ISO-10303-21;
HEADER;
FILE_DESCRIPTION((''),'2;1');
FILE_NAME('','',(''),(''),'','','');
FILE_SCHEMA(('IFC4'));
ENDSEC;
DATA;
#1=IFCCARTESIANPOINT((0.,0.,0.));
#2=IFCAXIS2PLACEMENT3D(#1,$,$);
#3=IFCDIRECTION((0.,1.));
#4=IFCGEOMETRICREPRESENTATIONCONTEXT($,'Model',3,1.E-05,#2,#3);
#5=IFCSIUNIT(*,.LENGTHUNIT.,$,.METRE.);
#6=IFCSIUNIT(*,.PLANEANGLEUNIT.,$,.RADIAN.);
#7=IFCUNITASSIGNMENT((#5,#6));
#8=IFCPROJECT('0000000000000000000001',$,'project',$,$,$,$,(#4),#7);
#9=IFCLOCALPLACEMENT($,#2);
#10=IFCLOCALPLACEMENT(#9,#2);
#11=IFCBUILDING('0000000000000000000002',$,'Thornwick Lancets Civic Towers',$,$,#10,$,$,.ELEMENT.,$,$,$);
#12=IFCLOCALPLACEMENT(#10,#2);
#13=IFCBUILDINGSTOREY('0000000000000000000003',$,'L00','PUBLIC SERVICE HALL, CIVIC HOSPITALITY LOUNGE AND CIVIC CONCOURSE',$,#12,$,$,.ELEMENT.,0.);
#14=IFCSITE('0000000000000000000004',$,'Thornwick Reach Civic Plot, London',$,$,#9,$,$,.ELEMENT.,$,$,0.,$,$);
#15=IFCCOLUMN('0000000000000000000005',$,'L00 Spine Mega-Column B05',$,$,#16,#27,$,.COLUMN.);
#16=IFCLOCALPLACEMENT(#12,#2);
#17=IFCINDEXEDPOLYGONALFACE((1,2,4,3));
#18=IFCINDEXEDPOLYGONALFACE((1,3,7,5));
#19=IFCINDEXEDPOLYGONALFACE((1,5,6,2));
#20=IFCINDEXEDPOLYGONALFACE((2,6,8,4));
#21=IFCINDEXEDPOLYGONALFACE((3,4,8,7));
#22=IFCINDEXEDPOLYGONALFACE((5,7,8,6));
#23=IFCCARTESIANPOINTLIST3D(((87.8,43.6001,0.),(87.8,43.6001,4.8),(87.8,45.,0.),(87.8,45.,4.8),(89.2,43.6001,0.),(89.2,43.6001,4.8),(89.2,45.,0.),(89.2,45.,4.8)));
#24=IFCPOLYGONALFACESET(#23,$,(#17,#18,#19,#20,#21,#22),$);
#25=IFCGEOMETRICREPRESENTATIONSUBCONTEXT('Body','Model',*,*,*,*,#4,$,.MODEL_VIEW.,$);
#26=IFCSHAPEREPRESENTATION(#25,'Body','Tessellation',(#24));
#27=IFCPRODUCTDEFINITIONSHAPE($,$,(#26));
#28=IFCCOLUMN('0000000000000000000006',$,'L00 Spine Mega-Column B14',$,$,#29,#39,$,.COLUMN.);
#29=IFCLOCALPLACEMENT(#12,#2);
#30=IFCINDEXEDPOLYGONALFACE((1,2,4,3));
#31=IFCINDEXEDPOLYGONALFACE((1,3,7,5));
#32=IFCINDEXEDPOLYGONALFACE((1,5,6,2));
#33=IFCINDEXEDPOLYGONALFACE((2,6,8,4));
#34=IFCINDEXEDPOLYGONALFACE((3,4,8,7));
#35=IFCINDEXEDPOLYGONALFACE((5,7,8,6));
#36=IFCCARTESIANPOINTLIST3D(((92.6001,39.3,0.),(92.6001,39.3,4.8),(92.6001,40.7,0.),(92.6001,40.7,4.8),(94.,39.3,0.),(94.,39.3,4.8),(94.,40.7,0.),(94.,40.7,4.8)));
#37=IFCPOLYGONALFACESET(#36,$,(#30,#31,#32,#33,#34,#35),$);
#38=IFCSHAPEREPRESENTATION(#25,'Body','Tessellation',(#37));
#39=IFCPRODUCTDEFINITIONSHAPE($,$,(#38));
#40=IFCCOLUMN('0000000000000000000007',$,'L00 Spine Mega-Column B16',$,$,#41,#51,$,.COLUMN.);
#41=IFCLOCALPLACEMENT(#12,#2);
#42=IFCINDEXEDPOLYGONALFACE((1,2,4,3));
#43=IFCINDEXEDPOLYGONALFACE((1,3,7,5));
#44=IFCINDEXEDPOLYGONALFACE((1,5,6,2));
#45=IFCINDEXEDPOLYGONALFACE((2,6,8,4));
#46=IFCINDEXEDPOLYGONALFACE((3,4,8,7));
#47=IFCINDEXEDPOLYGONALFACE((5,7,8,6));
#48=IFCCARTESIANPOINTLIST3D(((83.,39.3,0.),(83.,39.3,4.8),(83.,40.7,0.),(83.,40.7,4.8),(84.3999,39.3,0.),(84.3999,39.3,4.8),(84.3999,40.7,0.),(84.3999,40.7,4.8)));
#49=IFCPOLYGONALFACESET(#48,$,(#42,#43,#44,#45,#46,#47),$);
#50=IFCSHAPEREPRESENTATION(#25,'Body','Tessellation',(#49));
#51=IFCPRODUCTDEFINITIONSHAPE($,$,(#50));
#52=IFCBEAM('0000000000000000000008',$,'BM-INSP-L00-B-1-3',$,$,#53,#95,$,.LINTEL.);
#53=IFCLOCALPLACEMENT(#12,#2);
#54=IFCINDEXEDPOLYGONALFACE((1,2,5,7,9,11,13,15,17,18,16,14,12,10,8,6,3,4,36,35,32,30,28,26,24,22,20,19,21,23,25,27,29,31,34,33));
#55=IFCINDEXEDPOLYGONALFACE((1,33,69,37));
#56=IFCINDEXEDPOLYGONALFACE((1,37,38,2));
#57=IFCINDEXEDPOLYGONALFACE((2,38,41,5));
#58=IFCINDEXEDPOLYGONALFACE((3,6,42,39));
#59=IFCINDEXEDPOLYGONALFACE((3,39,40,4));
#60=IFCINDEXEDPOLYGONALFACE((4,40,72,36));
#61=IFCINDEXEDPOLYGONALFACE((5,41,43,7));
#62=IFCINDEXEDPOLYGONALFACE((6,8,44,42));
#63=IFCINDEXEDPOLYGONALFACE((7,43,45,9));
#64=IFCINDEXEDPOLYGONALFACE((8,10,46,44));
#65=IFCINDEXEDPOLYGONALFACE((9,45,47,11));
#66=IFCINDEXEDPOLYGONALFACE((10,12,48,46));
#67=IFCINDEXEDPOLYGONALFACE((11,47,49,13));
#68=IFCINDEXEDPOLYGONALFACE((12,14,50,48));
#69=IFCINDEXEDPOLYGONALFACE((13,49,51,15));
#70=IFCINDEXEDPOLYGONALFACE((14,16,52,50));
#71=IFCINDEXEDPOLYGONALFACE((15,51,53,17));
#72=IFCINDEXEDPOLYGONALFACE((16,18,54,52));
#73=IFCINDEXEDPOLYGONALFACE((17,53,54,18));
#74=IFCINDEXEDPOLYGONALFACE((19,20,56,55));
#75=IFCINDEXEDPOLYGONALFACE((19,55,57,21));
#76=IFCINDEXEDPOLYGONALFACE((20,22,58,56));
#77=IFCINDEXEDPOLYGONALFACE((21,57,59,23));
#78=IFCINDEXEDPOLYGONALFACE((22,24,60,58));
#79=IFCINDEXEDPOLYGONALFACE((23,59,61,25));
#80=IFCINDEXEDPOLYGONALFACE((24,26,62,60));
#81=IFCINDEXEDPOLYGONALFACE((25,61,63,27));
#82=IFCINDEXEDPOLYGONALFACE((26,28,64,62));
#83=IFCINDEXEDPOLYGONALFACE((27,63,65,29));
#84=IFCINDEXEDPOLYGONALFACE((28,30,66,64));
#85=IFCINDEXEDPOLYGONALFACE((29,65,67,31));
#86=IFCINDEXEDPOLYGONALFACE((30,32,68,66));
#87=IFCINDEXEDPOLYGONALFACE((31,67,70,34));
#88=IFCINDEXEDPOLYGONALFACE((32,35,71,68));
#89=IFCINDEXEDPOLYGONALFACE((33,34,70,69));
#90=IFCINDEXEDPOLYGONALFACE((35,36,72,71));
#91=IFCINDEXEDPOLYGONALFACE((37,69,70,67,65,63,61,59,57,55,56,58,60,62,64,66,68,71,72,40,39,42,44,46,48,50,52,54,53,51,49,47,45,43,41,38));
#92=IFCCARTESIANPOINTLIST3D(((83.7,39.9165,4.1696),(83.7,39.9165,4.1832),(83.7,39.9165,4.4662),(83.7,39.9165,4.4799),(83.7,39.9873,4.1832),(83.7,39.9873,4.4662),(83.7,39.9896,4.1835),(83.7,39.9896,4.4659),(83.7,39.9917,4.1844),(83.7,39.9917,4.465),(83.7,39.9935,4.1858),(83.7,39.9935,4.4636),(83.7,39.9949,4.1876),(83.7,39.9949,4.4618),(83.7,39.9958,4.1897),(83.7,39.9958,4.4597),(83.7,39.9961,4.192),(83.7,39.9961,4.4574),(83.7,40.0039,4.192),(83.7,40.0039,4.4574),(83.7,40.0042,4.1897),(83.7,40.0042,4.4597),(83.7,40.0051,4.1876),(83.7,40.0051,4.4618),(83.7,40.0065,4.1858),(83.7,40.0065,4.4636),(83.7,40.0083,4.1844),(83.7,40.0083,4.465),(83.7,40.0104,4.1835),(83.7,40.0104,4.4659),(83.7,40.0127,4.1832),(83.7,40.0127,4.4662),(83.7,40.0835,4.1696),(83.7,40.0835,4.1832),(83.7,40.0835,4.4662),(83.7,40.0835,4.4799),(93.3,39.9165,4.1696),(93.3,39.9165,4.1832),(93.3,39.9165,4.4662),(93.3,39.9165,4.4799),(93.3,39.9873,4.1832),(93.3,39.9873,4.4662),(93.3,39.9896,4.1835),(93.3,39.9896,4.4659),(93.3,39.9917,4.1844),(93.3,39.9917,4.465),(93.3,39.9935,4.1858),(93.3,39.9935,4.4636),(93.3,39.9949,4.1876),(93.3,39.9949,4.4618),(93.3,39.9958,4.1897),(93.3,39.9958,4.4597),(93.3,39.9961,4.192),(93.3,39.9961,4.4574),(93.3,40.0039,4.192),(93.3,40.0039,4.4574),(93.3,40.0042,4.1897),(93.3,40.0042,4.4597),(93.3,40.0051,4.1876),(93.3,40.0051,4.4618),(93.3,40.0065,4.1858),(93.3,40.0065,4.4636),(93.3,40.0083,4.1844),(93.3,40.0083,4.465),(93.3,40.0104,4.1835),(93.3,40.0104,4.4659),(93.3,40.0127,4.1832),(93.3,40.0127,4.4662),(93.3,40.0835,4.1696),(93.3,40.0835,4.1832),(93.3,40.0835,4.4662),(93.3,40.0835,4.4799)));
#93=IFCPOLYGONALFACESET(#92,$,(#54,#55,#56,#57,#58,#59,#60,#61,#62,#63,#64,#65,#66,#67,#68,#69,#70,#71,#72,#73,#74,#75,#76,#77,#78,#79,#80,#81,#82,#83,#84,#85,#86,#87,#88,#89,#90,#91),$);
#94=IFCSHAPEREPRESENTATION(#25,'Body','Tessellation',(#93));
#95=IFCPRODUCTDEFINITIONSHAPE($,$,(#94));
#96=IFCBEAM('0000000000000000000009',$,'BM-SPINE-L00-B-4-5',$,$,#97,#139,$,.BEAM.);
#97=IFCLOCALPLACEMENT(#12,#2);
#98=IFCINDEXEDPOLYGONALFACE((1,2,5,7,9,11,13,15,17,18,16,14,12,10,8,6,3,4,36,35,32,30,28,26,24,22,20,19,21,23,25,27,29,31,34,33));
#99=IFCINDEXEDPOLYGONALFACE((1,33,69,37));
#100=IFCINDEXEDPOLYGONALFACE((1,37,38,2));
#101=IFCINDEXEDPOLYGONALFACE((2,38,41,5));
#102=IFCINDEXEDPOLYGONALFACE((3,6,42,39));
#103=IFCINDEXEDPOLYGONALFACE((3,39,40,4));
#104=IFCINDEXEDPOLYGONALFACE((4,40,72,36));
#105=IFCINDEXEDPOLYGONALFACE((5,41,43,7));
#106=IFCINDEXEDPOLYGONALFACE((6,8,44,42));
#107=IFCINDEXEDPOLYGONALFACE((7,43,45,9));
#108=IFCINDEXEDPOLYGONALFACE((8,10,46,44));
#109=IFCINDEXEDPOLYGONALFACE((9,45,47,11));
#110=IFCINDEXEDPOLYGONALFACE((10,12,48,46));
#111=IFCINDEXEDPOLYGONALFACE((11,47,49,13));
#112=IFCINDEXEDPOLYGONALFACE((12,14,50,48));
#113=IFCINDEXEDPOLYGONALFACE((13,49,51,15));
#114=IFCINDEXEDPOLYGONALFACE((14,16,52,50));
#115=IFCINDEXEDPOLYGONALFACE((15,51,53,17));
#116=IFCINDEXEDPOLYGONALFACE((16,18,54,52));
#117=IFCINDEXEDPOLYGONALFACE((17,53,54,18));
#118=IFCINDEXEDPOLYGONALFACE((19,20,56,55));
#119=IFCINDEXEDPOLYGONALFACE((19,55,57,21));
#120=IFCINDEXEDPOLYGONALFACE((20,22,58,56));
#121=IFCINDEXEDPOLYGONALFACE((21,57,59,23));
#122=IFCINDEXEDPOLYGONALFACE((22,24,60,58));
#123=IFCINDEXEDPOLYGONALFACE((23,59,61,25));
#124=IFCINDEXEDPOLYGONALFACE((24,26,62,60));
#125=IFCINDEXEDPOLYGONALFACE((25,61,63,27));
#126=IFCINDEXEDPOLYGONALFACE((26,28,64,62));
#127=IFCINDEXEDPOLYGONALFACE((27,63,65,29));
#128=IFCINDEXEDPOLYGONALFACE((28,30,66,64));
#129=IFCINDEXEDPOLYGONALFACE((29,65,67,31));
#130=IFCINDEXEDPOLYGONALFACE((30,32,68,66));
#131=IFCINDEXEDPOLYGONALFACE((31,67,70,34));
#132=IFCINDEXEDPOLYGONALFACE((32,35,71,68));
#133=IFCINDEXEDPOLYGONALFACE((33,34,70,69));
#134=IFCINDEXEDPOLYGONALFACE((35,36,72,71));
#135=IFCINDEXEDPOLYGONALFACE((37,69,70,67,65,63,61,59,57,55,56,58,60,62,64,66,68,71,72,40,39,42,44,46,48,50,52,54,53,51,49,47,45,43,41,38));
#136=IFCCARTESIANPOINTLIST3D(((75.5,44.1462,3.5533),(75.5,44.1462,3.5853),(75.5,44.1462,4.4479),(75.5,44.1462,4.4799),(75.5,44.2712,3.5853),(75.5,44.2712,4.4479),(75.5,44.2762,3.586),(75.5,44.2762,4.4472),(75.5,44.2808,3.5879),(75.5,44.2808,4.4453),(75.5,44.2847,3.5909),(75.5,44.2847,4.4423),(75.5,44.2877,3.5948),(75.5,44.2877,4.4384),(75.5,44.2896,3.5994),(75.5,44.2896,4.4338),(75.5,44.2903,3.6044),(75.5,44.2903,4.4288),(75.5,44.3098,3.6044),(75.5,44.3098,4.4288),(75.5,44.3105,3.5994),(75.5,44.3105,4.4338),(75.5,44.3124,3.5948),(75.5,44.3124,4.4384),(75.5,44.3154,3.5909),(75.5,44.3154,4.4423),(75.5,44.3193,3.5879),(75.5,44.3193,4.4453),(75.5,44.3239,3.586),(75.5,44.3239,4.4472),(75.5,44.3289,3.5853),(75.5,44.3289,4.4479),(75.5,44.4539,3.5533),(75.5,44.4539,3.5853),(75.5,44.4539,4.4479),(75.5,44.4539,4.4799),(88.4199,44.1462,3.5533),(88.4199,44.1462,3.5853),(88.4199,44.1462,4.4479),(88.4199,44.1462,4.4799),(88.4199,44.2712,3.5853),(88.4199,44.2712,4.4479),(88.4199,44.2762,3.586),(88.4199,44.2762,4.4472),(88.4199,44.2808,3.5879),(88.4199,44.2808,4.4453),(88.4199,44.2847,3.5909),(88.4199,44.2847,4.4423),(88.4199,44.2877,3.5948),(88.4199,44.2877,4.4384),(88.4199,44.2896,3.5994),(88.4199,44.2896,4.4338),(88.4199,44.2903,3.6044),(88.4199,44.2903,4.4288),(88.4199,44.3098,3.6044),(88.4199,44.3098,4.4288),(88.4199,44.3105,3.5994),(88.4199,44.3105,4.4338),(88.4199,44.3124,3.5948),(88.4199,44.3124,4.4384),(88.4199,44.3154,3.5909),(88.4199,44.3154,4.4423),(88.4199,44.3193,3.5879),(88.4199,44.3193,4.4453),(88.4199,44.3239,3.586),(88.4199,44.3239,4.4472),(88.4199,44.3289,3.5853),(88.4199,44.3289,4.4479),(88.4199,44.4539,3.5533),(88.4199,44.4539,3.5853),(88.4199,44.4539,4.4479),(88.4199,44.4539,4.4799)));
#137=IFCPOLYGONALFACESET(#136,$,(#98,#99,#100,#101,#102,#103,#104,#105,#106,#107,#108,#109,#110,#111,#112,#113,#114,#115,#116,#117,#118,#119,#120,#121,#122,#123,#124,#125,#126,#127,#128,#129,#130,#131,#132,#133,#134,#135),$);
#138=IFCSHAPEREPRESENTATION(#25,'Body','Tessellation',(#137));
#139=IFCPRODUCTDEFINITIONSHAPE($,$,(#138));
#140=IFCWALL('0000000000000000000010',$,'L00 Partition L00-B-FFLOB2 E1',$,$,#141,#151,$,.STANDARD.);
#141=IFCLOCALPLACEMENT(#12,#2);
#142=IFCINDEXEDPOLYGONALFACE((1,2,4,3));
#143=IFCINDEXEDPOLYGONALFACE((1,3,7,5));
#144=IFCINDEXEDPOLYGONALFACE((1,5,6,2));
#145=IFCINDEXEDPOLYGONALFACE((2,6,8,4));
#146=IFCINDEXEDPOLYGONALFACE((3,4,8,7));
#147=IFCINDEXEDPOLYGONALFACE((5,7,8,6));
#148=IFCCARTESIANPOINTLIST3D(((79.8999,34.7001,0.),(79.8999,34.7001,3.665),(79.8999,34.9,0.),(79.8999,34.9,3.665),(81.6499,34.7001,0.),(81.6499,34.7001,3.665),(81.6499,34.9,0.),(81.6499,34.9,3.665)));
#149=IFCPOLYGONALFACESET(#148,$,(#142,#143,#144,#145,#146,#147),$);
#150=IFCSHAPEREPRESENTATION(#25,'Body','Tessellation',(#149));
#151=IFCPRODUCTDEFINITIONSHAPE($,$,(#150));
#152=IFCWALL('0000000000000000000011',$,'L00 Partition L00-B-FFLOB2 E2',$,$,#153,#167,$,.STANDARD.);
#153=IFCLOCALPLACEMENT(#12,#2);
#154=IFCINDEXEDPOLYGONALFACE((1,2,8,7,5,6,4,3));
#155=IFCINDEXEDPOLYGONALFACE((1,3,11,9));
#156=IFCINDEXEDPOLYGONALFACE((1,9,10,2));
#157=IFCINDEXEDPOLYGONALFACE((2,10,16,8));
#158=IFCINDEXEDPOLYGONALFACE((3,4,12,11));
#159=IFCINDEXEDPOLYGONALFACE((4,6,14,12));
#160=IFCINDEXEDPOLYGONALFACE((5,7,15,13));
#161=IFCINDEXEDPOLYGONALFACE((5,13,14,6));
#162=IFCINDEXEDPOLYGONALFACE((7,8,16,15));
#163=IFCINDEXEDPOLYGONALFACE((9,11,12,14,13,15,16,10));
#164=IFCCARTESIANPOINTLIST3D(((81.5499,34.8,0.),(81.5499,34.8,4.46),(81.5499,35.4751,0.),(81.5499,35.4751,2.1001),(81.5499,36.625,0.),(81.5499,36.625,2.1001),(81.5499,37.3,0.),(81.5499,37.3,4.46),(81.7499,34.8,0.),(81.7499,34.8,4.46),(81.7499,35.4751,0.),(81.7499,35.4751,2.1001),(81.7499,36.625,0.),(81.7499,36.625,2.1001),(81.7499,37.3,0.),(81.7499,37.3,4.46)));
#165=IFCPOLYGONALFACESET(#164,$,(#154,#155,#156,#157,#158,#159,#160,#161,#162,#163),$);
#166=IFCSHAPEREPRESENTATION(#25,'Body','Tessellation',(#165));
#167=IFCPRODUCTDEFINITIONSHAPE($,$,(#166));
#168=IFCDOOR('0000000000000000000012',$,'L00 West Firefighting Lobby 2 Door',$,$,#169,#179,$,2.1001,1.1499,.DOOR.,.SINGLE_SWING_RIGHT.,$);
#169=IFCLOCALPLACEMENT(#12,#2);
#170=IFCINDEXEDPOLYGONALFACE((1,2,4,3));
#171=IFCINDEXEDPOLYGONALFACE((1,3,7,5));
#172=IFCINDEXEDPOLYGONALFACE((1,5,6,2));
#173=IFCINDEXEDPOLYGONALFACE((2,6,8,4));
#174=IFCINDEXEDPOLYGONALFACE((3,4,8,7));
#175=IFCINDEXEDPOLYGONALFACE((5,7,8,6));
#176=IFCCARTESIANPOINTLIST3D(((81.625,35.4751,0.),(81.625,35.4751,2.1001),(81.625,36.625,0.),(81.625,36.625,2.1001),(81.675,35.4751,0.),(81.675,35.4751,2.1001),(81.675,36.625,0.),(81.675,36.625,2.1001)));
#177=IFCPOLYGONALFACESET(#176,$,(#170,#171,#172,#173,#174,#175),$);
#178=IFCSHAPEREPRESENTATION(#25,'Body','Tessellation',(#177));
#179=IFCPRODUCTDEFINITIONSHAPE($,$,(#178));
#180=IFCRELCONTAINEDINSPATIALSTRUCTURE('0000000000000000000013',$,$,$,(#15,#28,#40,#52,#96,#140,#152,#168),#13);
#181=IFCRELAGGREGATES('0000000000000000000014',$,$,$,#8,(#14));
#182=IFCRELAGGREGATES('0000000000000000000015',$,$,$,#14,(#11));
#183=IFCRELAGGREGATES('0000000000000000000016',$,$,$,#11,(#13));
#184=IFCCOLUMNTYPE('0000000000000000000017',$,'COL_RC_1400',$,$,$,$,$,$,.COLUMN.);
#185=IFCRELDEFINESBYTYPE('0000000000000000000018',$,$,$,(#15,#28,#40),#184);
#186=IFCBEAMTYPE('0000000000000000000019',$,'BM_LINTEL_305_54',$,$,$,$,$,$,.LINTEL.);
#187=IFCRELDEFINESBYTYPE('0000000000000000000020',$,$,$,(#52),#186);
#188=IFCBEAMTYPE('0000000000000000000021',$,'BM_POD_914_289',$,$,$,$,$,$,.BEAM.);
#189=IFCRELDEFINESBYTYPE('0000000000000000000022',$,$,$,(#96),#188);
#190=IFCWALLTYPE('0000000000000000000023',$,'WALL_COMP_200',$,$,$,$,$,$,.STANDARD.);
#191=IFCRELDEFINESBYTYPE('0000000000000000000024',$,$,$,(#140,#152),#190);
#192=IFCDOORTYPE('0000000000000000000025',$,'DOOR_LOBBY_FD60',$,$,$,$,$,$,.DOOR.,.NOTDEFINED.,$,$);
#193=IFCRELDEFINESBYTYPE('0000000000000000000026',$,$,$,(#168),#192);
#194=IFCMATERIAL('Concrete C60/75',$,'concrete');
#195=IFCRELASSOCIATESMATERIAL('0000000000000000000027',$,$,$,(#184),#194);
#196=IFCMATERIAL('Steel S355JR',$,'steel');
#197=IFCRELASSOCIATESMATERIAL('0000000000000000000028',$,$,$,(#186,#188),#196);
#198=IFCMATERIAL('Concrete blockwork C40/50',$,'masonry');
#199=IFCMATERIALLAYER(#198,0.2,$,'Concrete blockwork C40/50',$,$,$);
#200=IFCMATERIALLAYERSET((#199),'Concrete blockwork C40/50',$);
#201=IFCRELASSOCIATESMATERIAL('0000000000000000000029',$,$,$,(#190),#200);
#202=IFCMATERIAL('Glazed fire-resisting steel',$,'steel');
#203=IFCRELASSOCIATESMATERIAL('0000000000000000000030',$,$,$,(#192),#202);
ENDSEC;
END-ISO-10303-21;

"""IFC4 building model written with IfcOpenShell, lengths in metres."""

from ifc_helpers import new_model, si_unit, direction, frame, frame_2d, origin, origin_2d, place, context, subcontext, project, spatial, rectangle, i_section, extrude, material, layer, layer_set, material_profile, profile_set, type_object, element, fill, save


model = new_model("IFC4")

# Units and contexts
model_context = context("Model", 3, precision=1e-05, world=origin(), true_north=direction((0.0, 1.0)))
body_context = subcontext(model_context, "Body", "Model", "MODEL_VIEW")
ifc_project = project(units=[si_unit("LENGTHUNIT", "METRE"), si_unit("PLANEANGLEUNIT", "RADIAN")], contexts=[model_context])

# Site, building, storey
site_placement = place(None, origin())
site = spatial("IfcSite", under=ifc_project, at=site_placement, Name="Thornwick Reach Civic Plot, London", CompositionType="ELEMENT", RefElevation=0.0)
building_placement = place(site_placement, origin())
building = spatial("IfcBuilding", under=site, at=building_placement, Name="Thornwick Lancets Civic Towers", CompositionType="ELEMENT")
storey_placement = place(building_placement, origin())
storey = spatial("IfcBuildingStorey", under=building, at=storey_placement, Name="L00", Description="PUBLIC SERVICE HALL, CIVIC HOSPITALITY LOUNGE AND CIVIC CONCOURSE", CompositionType="ELEMENT", Elevation=0.0)

# Columns
ifc_material_1 = material(Name="Concrete C60/75", Category="concrete")
ifc_material_profile_1 = material_profile(ifc_material_1, rectangle(XDim=1.3999, YDim=1.3999, at=origin_2d()), Name="RC 1400x1400")
ifc_profile_set_1 = profile_set([ifc_material_profile_1], Name="Concrete C60/75")
column_type = type_object("IfcColumnType", Name="COL_RC_1400", PredefinedType="COLUMN", material=ifc_profile_set_1)
for number, where, z_axis, x_axis, name in (
    (1, (88.5, 44.3, 0.0), (0.0, 0.0, 1.0), (1.0, 0.0, 0.0), "L00 Spine Mega-Column B05"),
    (2, (93.3, 40.0, 0.0), (0.0, 0.0, 1.0), (1.0, 0.0, 0.0), "L00 Spine Mega-Column B14"),
    (3, (83.7, 40.0, 0.0), (0.0, 0.0, 1.0), (1.0, 0.0, 0.0), "L00 Spine Mega-Column B16"),
):
    element("IfcColumn", number, at=place(storey_placement, frame(where, z_axis=z_axis, x_axis=x_axis)), inside=storey, type_object=column_type, Name=name, PredefinedType="COLUMN", context=body_context, shape_type="SweptSolid", body=[
        extrude(rectangle(XDim=1.3999, YDim=1.3999, at=origin_2d()), origin(), (0.0, 0.0, 1.0), 4.8),
    ])

# Beams
ifc_material_2 = material(Name="Steel S355JR", Category="steel")
ifc_material_profile_2 = material_profile(ifc_material_2, i_section(OverallWidth=0.167, OverallDepth=0.3103, WebThickness=0.0078, FlangeThickness=0.0137, FilletRadius=0.0088, at=origin_2d()), Name="UKB 305x165x54")
ifc_profile_set_2 = profile_set([ifc_material_profile_2], Name="Steel S355JR")
beam_type_1 = type_object("IfcBeamType", Name="BM_LINTEL_305_54", PredefinedType="LINTEL", material=ifc_profile_set_2)
beam_1_placement = place(storey_placement, frame((93.3, 40.0, 4.3247), z_axis=(-1.0, 0.0, 0.0), x_axis=(0.0, -1.0, 0.0)))
element("IfcBeam", 4, at=beam_1_placement, inside=storey, type_object=beam_type_1, Name="BM-INSP-L00-B-1-3", PredefinedType="LINTEL", context=body_context, shape_type="SweptSolid", body=[
    extrude(i_section(OverallWidth=0.167, OverallDepth=0.3103, WebThickness=0.0078, FlangeThickness=0.0137, FilletRadius=0.0088, at=origin_2d()), origin(), (0.0, 0.0, 1.0), 9.6001),
])
ifc_material_profile_3 = material_profile(ifc_material_2, i_section(OverallWidth=0.3076, OverallDepth=0.9265, WebThickness=0.0195, FlangeThickness=0.032, FilletRadius=0.019, at=origin_2d()), Name="UKB 914x305x289")
ifc_profile_set_3 = profile_set([ifc_material_profile_3], Name="Steel S355JR")
beam_type_2 = type_object("IfcBeamType", Name="BM_POD_914_289", PredefinedType="BEAM", material=ifc_profile_set_3)
beam_2_placement = place(storey_placement, frame((88.4199, 44.3, 4.0166), z_axis=(-1.0, 0.0, 0.0), x_axis=(0.0, -1.0, 0.0)))
element("IfcBeam", 5, at=beam_2_placement, inside=storey, type_object=beam_type_2, Name="BM-SPINE-L00-B-4-5", PredefinedType="BEAM", context=body_context, shape_type="SweptSolid", body=[
    extrude(i_section(OverallWidth=0.3076, OverallDepth=0.9265, WebThickness=0.0195, FlangeThickness=0.032, FilletRadius=0.019, at=origin_2d()), origin(), (0.0, 0.0, 1.0), 12.9199),
])

# Wall
ifc_material_3 = material(Name="Concrete blockwork C40/50", Category="masonry")
ifc_layer_1 = layer(ifc_material_3, 0.2, Name="Concrete blockwork C40/50")
ifc_layer_set_1 = layer_set([ifc_layer_1], Name="Concrete blockwork C40/50")
wall_type_1 = type_object("IfcWallType", Name="WALL_COMP_200", PredefinedType="STANDARD", material=ifc_layer_set_1)
wall_1_placement = place(storey_placement, frame((79.8999, 34.8, 0.0), z_axis=(0.0, 0.0, 1.0), x_axis=(1.0, 0.0, 0.0)))
element("IfcWall", 6, at=wall_1_placement, inside=storey, type_object=wall_type_1, Name="L00 Partition L00-B-FFLOB2 E1", PredefinedType="STANDARD", context=body_context, shape_type="SweptSolid", body=[
    extrude(rectangle(XDim=1.75, YDim=0.2, at=frame_2d((0.875, 0.0))), origin(), (0.0, 0.0, 1.0), 3.665),
])

# Wall, opening, door
wall_2_placement = place(storey_placement, frame((81.6499, 34.8, 0.0), z_axis=(0.0, 0.0, 1.0), x_axis=(0.0, 1.0, 0.0)))
wall_2 = element("IfcWall", 7, at=wall_2_placement, inside=storey, type_object=wall_type_1, Name="L00 Partition L00-B-FFLOB2 E2", PredefinedType="STANDARD", context=body_context, shape_type="SweptSolid", body=[
    extrude(rectangle(XDim=2.5, YDim=0.2, at=frame_2d((1.25, 0.0))), origin(), (0.0, 0.0, 1.0), 4.46),
])
opening_1_placement = place(wall_2_placement, frame((0.675, 0.0, 0.0)))
opening_1 = element("IfcOpeningElement", 8, at=opening_1_placement, cuts=wall_2, PredefinedType="OPENING", context=body_context, shape_type="SweptSolid", body=[
    extrude(rectangle(XDim=1.1499, YDim=2.1001, at=frame_2d((0.575, 1.05))), frame((0.0, 0.1099, 0.0), z_axis=(0.0, -1.0, 0.0), x_axis=(1.0, 0.0, 0.0)), (0.0, 0.0, 1.0), 0.22),
])
ifc_material_4 = material(Name="Glazed fire-resisting steel", Category="steel")
door_type_1 = type_object("IfcDoorType", Name="DOOR_LOBBY_FD60", OperationType="NOTDEFINED", PredefinedType="DOOR", material=ifc_material_4)
door_1_placement = place(opening_1_placement, origin())
door_1 = element("IfcDoor", 9, at=door_1_placement, inside=storey, type_object=door_type_1, Name="L00 West Firefighting Lobby 2 Door", OperationType="SINGLE_SWING_RIGHT", OverallHeight=2.1001, OverallWidth=1.1499, PredefinedType="DOOR", context=body_context, shape_type="SweptSolid", body=[
    extrude(rectangle(XDim=1.1499, YDim=2.1001, at=frame_2d((0.575, 1.05))), frame((0.0, 0.0249, 0.0), z_axis=(0.0, -1.0, 0.0), x_axis=(1.0, 0.0, 0.0)), (0.0, 0.0, 1.0), 0.05),
])
fill(opening_1, door_1)

save(model, "model.ifc")
